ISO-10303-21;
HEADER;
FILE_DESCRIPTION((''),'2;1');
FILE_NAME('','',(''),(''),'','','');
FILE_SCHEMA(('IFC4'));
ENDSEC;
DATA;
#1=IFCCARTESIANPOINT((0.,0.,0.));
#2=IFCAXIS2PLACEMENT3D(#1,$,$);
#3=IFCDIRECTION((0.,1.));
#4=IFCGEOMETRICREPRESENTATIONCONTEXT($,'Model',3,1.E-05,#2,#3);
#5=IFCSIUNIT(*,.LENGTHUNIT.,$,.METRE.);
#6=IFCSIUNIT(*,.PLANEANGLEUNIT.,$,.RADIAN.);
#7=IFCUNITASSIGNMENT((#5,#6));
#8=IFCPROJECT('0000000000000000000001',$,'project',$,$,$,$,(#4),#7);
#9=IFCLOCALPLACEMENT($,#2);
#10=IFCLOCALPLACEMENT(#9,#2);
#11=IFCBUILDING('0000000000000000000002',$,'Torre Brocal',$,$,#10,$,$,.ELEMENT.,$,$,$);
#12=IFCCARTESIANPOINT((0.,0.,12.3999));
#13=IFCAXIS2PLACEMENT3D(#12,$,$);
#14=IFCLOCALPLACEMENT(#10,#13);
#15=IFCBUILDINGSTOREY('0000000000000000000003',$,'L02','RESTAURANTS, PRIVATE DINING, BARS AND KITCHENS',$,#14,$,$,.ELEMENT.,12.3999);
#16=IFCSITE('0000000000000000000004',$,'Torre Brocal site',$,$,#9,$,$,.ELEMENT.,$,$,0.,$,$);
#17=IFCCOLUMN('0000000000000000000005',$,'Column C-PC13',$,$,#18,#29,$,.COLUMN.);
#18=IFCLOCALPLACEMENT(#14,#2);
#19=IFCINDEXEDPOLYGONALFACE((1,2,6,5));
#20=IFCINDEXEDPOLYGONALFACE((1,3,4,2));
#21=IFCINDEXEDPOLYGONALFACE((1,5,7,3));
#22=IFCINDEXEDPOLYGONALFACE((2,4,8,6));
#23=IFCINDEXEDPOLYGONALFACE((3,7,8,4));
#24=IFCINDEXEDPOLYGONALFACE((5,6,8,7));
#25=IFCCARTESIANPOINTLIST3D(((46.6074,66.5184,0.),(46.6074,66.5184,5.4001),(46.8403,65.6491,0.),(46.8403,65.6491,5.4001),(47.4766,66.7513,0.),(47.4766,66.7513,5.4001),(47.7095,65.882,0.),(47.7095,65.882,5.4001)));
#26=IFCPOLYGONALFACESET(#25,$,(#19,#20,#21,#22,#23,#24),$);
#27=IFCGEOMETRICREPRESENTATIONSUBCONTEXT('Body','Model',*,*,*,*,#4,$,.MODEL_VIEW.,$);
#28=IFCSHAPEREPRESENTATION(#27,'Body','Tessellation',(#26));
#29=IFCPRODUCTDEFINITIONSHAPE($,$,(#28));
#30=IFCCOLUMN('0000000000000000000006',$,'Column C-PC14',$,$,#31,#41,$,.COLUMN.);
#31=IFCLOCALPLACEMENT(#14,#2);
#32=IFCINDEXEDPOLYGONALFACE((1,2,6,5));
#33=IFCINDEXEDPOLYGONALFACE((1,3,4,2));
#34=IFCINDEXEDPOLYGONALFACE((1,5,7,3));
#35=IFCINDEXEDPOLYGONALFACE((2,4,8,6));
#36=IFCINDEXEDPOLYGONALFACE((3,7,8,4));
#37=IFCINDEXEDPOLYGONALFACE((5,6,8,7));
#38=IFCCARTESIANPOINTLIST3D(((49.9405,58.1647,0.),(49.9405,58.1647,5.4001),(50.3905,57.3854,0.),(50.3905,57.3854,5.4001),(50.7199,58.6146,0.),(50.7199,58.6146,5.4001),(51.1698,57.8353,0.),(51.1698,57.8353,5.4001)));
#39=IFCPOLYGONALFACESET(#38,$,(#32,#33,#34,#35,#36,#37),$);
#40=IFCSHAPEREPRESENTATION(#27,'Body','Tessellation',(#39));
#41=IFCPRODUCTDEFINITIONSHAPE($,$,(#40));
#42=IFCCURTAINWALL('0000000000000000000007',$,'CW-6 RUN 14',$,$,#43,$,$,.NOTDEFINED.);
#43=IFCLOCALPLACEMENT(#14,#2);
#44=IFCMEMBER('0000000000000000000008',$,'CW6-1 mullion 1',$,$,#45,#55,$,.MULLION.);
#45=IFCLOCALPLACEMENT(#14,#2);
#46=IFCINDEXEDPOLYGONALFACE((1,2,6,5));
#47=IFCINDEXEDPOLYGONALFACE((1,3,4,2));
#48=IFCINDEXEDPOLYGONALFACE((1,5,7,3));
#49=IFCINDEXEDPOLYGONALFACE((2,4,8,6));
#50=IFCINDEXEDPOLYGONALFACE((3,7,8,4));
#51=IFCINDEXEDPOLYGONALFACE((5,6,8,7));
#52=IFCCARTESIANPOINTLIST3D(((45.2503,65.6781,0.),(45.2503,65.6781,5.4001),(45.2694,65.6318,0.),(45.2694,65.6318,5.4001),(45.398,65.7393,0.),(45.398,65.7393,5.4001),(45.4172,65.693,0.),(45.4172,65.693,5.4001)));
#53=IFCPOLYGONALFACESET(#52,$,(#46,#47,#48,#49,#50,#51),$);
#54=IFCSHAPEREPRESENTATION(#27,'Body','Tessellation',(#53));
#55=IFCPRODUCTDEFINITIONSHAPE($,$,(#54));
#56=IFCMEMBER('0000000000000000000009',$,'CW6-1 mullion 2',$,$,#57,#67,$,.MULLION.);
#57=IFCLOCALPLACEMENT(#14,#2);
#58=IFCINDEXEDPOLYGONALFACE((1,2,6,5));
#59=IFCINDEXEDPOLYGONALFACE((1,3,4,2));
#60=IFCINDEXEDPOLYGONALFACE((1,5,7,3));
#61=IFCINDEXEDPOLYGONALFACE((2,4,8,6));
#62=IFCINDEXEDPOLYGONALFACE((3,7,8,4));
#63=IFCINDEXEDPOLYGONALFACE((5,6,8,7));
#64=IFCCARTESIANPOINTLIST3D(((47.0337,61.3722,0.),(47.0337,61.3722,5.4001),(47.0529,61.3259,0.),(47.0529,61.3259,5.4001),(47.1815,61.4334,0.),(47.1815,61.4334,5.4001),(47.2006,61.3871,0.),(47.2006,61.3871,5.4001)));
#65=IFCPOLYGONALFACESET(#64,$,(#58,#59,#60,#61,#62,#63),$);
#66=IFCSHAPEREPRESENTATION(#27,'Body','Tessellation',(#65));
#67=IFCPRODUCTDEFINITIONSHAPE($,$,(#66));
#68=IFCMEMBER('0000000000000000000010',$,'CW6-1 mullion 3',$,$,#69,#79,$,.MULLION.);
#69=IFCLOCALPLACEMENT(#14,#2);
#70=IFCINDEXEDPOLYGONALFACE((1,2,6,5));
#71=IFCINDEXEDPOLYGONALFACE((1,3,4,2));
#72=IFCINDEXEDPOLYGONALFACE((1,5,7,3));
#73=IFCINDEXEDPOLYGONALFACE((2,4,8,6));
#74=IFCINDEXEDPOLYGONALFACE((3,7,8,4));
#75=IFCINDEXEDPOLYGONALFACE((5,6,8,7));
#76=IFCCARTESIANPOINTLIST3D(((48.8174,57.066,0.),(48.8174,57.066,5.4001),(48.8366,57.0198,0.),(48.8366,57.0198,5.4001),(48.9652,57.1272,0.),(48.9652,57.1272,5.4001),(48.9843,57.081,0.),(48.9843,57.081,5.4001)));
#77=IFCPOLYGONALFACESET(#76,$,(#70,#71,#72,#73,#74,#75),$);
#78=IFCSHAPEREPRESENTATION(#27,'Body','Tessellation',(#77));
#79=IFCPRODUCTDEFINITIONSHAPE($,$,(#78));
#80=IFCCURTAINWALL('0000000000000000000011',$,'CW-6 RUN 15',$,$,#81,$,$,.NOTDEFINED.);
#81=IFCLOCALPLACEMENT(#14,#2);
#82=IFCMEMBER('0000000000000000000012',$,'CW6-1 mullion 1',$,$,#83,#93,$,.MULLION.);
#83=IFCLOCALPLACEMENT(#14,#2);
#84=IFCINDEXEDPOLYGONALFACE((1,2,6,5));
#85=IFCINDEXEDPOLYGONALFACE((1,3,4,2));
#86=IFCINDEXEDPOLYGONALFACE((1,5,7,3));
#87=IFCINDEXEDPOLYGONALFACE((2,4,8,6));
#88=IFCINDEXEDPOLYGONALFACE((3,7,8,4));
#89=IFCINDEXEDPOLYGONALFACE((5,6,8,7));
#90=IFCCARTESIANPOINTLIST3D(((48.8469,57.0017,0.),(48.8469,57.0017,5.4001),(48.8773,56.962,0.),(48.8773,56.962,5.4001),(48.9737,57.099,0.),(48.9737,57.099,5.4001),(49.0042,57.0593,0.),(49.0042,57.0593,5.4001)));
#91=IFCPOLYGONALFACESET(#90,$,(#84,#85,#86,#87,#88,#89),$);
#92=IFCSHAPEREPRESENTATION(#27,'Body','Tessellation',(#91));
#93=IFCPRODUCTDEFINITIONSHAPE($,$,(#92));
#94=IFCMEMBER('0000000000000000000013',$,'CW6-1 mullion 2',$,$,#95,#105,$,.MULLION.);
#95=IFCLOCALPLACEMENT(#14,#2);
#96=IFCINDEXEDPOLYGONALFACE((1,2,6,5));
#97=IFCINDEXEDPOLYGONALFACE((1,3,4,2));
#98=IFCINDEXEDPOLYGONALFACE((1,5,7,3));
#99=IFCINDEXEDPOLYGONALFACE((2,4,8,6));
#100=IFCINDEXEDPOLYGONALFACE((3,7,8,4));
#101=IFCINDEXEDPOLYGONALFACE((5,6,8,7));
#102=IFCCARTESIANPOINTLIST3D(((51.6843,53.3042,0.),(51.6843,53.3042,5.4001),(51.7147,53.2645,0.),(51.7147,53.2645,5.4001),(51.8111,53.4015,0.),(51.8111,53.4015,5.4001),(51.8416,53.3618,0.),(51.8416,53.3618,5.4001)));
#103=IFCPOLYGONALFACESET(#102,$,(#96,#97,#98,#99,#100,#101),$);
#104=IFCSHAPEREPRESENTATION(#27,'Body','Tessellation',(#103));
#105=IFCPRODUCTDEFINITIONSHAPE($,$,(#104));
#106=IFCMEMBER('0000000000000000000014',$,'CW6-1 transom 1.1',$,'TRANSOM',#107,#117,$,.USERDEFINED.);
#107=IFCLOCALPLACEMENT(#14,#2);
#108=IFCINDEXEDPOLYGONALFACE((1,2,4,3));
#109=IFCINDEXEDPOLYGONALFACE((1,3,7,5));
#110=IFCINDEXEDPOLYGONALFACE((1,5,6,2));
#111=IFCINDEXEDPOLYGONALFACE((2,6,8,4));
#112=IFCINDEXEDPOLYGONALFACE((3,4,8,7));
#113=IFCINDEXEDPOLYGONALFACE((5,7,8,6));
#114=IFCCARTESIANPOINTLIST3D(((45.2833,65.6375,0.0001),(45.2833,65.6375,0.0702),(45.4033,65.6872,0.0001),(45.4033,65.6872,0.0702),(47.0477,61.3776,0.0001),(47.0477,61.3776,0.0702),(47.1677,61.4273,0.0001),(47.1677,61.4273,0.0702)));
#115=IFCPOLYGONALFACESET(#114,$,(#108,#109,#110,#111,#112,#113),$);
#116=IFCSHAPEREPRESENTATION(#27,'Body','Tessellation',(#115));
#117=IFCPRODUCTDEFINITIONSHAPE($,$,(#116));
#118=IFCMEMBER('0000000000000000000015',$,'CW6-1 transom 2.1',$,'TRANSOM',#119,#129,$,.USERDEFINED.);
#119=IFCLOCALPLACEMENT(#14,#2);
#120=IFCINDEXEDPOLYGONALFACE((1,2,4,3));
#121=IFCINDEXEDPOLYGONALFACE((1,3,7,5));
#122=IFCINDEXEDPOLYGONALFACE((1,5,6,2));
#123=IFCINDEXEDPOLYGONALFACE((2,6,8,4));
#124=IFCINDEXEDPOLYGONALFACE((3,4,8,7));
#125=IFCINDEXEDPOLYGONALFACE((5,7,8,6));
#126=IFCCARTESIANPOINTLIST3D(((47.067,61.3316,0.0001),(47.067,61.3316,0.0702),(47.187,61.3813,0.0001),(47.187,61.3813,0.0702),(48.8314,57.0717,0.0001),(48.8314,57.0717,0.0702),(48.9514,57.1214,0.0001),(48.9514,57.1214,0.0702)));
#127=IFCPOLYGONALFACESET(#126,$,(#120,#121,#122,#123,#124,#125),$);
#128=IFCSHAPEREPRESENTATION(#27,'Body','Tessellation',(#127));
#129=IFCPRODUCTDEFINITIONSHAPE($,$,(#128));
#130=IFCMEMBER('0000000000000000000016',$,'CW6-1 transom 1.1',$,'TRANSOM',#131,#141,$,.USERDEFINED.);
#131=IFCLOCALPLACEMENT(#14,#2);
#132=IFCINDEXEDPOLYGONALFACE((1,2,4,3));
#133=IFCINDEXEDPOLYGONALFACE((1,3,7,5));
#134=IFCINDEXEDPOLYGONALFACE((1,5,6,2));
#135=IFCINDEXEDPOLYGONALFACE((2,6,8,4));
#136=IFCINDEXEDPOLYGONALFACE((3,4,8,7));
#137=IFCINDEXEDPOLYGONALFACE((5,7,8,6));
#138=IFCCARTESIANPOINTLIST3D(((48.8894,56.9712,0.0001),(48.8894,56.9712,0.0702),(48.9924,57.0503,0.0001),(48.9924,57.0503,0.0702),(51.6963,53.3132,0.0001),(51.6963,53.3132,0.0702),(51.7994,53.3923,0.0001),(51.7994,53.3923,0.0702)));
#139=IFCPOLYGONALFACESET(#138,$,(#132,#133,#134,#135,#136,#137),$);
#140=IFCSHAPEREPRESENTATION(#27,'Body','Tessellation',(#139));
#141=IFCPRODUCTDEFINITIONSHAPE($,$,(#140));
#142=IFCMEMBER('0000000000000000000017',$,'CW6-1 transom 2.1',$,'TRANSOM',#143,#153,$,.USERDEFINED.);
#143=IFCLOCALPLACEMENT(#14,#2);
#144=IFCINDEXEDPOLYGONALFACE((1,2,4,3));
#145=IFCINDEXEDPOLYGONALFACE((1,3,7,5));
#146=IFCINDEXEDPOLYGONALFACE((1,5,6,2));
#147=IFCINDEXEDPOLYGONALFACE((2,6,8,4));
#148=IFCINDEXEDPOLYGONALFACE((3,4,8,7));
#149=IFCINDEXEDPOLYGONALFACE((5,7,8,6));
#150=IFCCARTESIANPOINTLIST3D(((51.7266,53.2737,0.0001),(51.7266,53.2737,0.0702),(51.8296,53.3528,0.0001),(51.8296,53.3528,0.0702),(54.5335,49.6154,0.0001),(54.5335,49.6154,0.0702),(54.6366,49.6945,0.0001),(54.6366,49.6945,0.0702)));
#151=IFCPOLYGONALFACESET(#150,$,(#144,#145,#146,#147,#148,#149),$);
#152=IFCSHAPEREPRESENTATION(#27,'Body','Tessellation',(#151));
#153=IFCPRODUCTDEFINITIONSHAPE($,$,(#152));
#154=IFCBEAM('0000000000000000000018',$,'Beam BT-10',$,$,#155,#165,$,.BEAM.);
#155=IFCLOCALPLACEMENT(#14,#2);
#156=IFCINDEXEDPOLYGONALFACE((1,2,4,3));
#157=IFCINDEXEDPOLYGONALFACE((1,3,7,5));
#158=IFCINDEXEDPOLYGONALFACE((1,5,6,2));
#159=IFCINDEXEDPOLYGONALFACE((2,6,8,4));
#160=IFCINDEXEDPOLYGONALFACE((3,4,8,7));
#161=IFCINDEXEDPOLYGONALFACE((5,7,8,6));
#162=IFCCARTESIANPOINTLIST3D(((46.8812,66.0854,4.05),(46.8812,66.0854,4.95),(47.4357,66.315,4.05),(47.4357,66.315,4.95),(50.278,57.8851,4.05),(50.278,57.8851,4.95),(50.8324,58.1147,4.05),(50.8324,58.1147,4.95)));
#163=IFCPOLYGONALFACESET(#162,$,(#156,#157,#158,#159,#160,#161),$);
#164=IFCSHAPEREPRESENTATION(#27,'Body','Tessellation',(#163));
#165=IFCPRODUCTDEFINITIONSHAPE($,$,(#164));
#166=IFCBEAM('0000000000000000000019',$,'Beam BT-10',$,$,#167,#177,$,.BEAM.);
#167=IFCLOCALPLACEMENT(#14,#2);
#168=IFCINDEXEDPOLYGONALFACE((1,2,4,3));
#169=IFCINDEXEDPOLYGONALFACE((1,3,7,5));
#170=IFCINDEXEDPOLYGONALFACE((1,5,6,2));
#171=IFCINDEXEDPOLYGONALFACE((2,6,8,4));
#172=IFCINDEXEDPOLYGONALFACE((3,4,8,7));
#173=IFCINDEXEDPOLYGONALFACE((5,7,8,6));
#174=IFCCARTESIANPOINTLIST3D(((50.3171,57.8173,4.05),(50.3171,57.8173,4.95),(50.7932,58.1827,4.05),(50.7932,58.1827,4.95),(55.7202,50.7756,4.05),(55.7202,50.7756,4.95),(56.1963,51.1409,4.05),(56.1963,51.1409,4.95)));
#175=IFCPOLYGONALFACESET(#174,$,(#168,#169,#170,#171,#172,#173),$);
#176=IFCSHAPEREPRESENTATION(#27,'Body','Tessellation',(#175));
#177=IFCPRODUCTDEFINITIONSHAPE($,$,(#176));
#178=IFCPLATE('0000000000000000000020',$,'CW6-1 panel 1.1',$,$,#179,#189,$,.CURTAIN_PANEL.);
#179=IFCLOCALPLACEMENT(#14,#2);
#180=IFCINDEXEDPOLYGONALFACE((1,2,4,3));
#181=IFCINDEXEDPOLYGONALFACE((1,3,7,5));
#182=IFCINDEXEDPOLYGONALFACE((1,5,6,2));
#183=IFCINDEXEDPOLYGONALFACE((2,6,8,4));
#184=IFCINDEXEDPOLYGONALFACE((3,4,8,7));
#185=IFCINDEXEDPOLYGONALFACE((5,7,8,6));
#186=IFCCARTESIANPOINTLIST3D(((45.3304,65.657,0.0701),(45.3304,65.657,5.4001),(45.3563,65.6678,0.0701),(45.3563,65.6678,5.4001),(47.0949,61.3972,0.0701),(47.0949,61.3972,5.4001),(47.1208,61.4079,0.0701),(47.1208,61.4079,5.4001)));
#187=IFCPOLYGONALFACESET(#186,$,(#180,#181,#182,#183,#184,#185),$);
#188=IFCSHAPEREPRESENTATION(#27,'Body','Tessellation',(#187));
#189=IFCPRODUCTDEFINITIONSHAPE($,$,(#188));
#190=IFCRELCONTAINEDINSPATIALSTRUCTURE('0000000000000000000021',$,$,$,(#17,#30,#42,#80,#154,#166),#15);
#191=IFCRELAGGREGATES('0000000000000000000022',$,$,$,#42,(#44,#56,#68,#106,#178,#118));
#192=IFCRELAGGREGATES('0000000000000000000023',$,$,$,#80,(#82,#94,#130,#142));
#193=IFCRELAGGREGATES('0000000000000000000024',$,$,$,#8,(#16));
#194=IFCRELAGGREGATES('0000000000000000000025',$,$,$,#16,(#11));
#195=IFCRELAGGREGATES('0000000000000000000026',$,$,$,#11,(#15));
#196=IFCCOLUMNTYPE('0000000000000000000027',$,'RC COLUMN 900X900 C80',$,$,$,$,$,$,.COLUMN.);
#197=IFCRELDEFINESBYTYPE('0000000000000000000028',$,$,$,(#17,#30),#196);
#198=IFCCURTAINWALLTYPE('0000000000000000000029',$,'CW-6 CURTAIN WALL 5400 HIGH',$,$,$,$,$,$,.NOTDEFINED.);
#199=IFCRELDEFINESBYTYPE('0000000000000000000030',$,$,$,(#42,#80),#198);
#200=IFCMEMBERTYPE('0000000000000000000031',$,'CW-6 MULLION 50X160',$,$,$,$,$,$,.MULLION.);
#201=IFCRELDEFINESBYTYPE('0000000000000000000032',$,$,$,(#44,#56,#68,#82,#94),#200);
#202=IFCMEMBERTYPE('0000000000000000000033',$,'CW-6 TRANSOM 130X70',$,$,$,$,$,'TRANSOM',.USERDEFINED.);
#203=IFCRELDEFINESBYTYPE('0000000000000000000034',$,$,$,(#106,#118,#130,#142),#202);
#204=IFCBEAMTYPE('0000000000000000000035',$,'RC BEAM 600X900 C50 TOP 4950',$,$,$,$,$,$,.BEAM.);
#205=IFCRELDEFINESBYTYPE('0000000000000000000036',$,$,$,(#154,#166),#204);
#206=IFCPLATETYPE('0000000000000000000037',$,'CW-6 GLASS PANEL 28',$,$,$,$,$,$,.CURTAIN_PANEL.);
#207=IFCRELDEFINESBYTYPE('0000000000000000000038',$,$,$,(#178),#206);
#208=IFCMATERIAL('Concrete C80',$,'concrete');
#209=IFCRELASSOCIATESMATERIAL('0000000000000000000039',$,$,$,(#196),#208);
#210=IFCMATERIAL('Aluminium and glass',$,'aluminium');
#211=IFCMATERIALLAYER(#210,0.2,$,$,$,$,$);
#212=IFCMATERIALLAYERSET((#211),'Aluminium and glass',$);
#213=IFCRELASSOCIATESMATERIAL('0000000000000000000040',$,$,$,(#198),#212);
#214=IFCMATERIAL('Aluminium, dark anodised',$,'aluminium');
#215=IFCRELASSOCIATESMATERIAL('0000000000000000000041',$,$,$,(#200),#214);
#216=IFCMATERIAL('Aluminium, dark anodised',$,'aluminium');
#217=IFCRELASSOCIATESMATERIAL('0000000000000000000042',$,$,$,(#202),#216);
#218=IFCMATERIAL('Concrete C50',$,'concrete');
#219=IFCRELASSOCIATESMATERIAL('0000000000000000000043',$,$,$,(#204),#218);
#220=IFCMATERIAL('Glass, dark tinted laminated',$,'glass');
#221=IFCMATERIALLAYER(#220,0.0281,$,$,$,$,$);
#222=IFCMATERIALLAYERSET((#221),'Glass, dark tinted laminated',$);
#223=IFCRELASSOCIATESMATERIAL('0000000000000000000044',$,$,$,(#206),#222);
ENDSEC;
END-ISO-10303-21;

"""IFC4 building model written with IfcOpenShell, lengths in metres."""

from ifc_helpers import new_model, si_unit, direction, frame, origin, origin_2d, place, context, subcontext, project, spatial, rectangle, extrude, material, layer, layer_set, material_profile, profile_set, type_object, element, aggregate, save


model = new_model("IFC4")

# Units and contexts
model_context = context("Model", 3, precision=1e-05, world=origin(), true_north=direction((0.0, 1.0)))
body_context = subcontext(model_context, "Body", "Model", "MODEL_VIEW")
ifc_project = project(units=[si_unit("LENGTHUNIT", "METRE"), si_unit("PLANEANGLEUNIT", "RADIAN")], contexts=[model_context])

# Site, building, storey
site_placement = place(None, origin())
site = spatial("IfcSite", under=ifc_project, at=site_placement, Name="Torre Brocal site", CompositionType="ELEMENT", RefElevation=0.0)
building_placement = place(site_placement, origin())
building = spatial("IfcBuilding", under=site, at=building_placement, Name="Torre Brocal", CompositionType="ELEMENT")
storey_placement = place(building_placement, frame((0.0, 0.0, 12.3999)))
storey = spatial("IfcBuildingStorey", under=building, at=storey_placement, Name="L02", Description="RESTAURANTS, PRIVATE DINING, BARS AND KITCHENS", CompositionType="ELEMENT", Elevation=12.3999)

# Columns
ifc_material_1 = material(Name="Concrete C80", Category="concrete")
ifc_material_profile_1 = material_profile(ifc_material_1, rectangle(XDim=0.8999, YDim=0.8999, at=origin_2d()), Name="RC 900X900")
ifc_profile_set_1 = profile_set([ifc_material_profile_1], Name="Concrete C80")
column_type = type_object("IfcColumnType", Name="RC COLUMN 900X900 C80", PredefinedType="COLUMN", material=ifc_profile_set_1)
for number, where, z_axis, x_axis, name in (
    (1, (47.1584, 66.2002, 0.0), (0.0, 0.0, 1.0), (-0.965926, -0.258819, 0.0), "Column C-PC13"),
    (2, (50.5552, 58.0, 0.0), (0.0, 0.0, 1.0), (-0.866025, -0.5, 0.0), "Column C-PC14"),
):
    element("IfcColumn", number, at=place(storey_placement, frame(where, z_axis=z_axis, x_axis=x_axis)), inside=storey, type_object=column_type, Name=name, PredefinedType="COLUMN", context=body_context, shape_type="SweptSolid", body=[
        extrude(rectangle(XDim=0.8999, YDim=0.8999, at=origin_2d()), origin(), (0.0, 0.0, 1.0), 5.4001),
    ])

# Curtain walls, members
ifc_material_2 = material(Name="Aluminium and glass", Category="aluminium")
ifc_layer_1 = layer(ifc_material_2, 0.2)
ifc_layer_set_1 = layer_set([ifc_layer_1], Name="Aluminium and glass")
curtain_wall_type = type_object("IfcCurtainWallType", Name="CW-6 CURTAIN WALL 5400 HIGH", PredefinedType="NOTDEFINED", material=ifc_layer_set_1)
curtain_wall_1_placement = place(storey_placement, origin())
curtain_wall_1 = element("IfcCurtainWall", 3, at=curtain_wall_1_placement, inside=storey, type_object=curtain_wall_type, Name="CW-6 RUN 14", PredefinedType="NOTDEFINED")
ifc_material_3 = material(Name="Aluminium, dark anodised", Category="aluminium")
ifc_material_profile_2 = material_profile(ifc_material_3, rectangle(XDim=0.1599, YDim=0.05, at=origin_2d()), Name="CW-6 MULLION 50X160")
ifc_profile_set_2 = profile_set([ifc_material_profile_2], Name="Aluminium, dark anodised")
member_type_1 = type_object("IfcMemberType", Name="CW-6 MULLION 50X160", PredefinedType="MULLION", material=ifc_profile_set_2)
member_1_placement = place(storey_placement, frame((45.3337, 65.6855, 0.0), z_axis=(0.0, 0.0, 1.0), x_axis=(0.92388, 0.382683, 0.0)))
member_1 = element("IfcMember", 4, at=member_1_placement, type_object=member_type_1, Name="CW6-1 mullion 1", PredefinedType="MULLION", context=body_context, shape_type="SweptSolid", body=[
    extrude(rectangle(XDim=0.1599, YDim=0.05, at=origin_2d()), origin(), (0.0, 0.0, 1.0), 5.4001),
])
member_2_placement = place(storey_placement, frame((47.1172, 61.3796, 0.0), z_axis=(0.0, 0.0, 1.0), x_axis=(0.92388, 0.382683, 0.0)))
member_2 = element("IfcMember", 5, at=member_2_placement, type_object=member_type_1, Name="CW6-1 mullion 2", PredefinedType="MULLION", context=body_context, shape_type="SweptSolid", body=[
    extrude(rectangle(XDim=0.1599, YDim=0.05, at=origin_2d()), origin(), (0.0, 0.0, 1.0), 5.4001),
])
member_3_placement = place(storey_placement, frame((48.9009, 57.0735, 0.0), z_axis=(0.0, 0.0, 1.0), x_axis=(0.92388, 0.382683, 0.0)))
member_3 = element("IfcMember", 6, at=member_3_placement, type_object=member_type_1, Name="CW6-1 mullion 3", PredefinedType="MULLION", context=body_context, shape_type="SweptSolid", body=[
    extrude(rectangle(XDim=0.1599, YDim=0.05, at=origin_2d()), origin(), (0.0, 0.0, 1.0), 5.4001),
])
curtain_wall_2_placement = place(storey_placement, origin())
curtain_wall_2 = element("IfcCurtainWall", 7, at=curtain_wall_2_placement, inside=storey, type_object=curtain_wall_type, Name="CW-6 RUN 15", PredefinedType="NOTDEFINED")
member_4_placement = place(storey_placement, frame((48.9255, 57.0305, 0.0), z_axis=(0.0, 0.0, 1.0), x_axis=(0.793353, 0.608761, 0.0)))
member_4 = element("IfcMember", 8, at=member_4_placement, type_object=member_type_1, Name="CW6-1 mullion 1", PredefinedType="MULLION", context=body_context, shape_type="SweptSolid", body=[
    extrude(rectangle(XDim=0.1599, YDim=0.05, at=origin_2d()), origin(), (0.0, 0.0, 1.0), 5.4001),
])
member_5_placement = place(storey_placement, frame((51.7629, 53.333, 0.0), z_axis=(0.0, 0.0, 1.0), x_axis=(0.793353, 0.608761, 0.0)))
member_5 = element("IfcMember", 9, at=member_5_placement, type_object=member_type_1, Name="CW6-1 mullion 2", PredefinedType="MULLION", context=body_context, shape_type="SweptSolid", body=[
    extrude(rectangle(XDim=0.1599, YDim=0.05, at=origin_2d()), origin(), (0.0, 0.0, 1.0), 5.4001),
])

# Members
ifc_material_4 = material(Name="Aluminium, dark anodised", Category="aluminium")
ifc_material_profile_3 = material_profile(ifc_material_4, rectangle(XDim=0.1299, YDim=0.0701, at=origin_2d()), Name="CW-6 TRANSOM 130X70")
ifc_profile_set_3 = profile_set([ifc_material_profile_3], Name="Aluminium, dark anodised")
member_type_2 = type_object("IfcMemberType", Name="CW-6 TRANSOM 130X70", ElementType="TRANSOM", PredefinedType="USERDEFINED", material=ifc_profile_set_3)
member_6_placement = place(storey_placement, frame((45.3433, 65.6624, 0.0352), z_axis=(0.382674, -0.923883, 0.0), x_axis=(0.923883, 0.382674, 0.0)))
member_6 = element("IfcMember", 10, at=member_6_placement, type_object=member_type_2, Name="CW6-1 transom 1.1", ObjectType="TRANSOM", PredefinedType="USERDEFINED", context=body_context, shape_type="SweptSolid", body=[
    extrude(rectangle(XDim=0.1299, YDim=0.0701, at=origin_2d()), origin(), (0.0, 0.0, 1.0), 4.6108),
])
member_7_placement = place(storey_placement, frame((47.127, 61.3564, 0.0352), z_axis=(0.382674, -0.923883, 0.0), x_axis=(0.923883, 0.382674, 0.0)))
member_7 = element("IfcMember", 11, at=member_7_placement, type_object=member_type_2, Name="CW6-1 transom 2.1", ObjectType="TRANSOM", PredefinedType="USERDEFINED", context=body_context, shape_type="SweptSolid", body=[
    extrude(rectangle(XDim=0.1299, YDim=0.0701, at=origin_2d()), origin(), (0.0, 0.0, 1.0), 4.6108),
])
member_8_placement = place(storey_placement, frame((48.9409, 57.0107, 0.0352), z_axis=(0.608766, -0.79335, 0.0), x_axis=(0.79335, 0.608766, 0.0)))
member_8 = element("IfcMember", 12, at=member_8_placement, type_object=member_type_2, Name="CW6-1 transom 1.1", ObjectType="TRANSOM", PredefinedType="USERDEFINED", context=body_context, shape_type="SweptSolid", body=[
    extrude(rectangle(XDim=0.1299, YDim=0.0701, at=origin_2d()), origin(), (0.0, 0.0, 1.0), 4.6108),
])
member_9_placement = place(storey_placement, frame((51.7781, 53.3132, 0.0352), z_axis=(0.608741, -0.793369, 0.0), x_axis=(0.793369, 0.608741, 0.0)))
member_9 = element("IfcMember", 13, at=member_9_placement, type_object=member_type_2, Name="CW6-1 transom 2.1", ObjectType="TRANSOM", PredefinedType="USERDEFINED", context=body_context, shape_type="SweptSolid", body=[
    extrude(rectangle(XDim=0.1299, YDim=0.0701, at=origin_2d()), origin(), (0.0, 0.0, 1.0), 4.6111),
])

# Beams
ifc_material_5 = material(Name="Concrete C50", Category="concrete")
ifc_material_profile_4 = material_profile(ifc_material_5, rectangle(XDim=0.6001, YDim=0.8999, at=origin_2d()), Name="RC 600X900")
ifc_profile_set_4 = profile_set([ifc_material_profile_4], Name="Concrete C50")
beam_type = type_object("IfcBeamType", Name="RC BEAM 600X900 C50 TOP 4950", PredefinedType="BEAM", material=ifc_profile_set_4)
beam_1_placement = place(storey_placement, frame((47.1584, 66.2002, 4.5), z_axis=(0.382693, -0.923876, 0.0), x_axis=(0.923876, 0.382693, 0.0)))
element("IfcBeam", 14, at=beam_1_placement, inside=storey, type_object=beam_type, Name="Beam BT-10", PredefinedType="BEAM", context=body_context, shape_type="SweptSolid", body=[
    extrude(rectangle(XDim=0.6001, YDim=0.8999, at=origin_2d()), origin(), (0.0, 0.0, 1.0), 8.876),
])
beam_2_placement = place(storey_placement, frame((50.5552, 58.0, 4.5), z_axis=(0.608744, -0.793367, 0.0), x_axis=(0.793367, 0.608744, 0.0)))
element("IfcBeam", 15, at=beam_2_placement, inside=storey, type_object=beam_type, Name="Beam BT-10", PredefinedType="BEAM", context=body_context, shape_type="SweptSolid", body=[
    extrude(rectangle(XDim=0.6001, YDim=0.8999, at=origin_2d()), origin(), (0.0, 0.0, 1.0), 8.8757),
])

# Plate
ifc_material_6 = material(Name="Glass, dark tinted laminated", Category="glass")
ifc_layer_2 = layer(ifc_material_6, 0.0281)
ifc_layer_set_2 = layer_set([ifc_layer_2], Name="Glass, dark tinted laminated")
plate_type = type_object("IfcPlateType", Name="CW-6 GLASS PANEL 28", PredefinedType="CURTAIN_PANEL", material=ifc_layer_set_2)
plate_1_placement = place(storey_placement, frame((46.2256, 63.5325, 0.0701), z_axis=(0.0, 0.0, 1.0), x_axis=(0.382683, -0.92388, 0.0)))
plate_1 = element("IfcPlate", 16, at=plate_1_placement, type_object=plate_type, Name="CW6-1 panel 1.1", PredefinedType="CURTAIN_PANEL", context=body_context, shape_type="SweptSolid", body=[
    extrude(rectangle(XDim=4.6108, YDim=0.0281, at=origin_2d()), origin(), (0.0, 0.0, 1.0), 5.3301),
])
aggregate(curtain_wall_1, [member_1, member_2, member_3, member_6, plate_1, member_7])
aggregate(curtain_wall_2, [member_4, member_5, member_8, member_9])

save(model, "model.ifc")
